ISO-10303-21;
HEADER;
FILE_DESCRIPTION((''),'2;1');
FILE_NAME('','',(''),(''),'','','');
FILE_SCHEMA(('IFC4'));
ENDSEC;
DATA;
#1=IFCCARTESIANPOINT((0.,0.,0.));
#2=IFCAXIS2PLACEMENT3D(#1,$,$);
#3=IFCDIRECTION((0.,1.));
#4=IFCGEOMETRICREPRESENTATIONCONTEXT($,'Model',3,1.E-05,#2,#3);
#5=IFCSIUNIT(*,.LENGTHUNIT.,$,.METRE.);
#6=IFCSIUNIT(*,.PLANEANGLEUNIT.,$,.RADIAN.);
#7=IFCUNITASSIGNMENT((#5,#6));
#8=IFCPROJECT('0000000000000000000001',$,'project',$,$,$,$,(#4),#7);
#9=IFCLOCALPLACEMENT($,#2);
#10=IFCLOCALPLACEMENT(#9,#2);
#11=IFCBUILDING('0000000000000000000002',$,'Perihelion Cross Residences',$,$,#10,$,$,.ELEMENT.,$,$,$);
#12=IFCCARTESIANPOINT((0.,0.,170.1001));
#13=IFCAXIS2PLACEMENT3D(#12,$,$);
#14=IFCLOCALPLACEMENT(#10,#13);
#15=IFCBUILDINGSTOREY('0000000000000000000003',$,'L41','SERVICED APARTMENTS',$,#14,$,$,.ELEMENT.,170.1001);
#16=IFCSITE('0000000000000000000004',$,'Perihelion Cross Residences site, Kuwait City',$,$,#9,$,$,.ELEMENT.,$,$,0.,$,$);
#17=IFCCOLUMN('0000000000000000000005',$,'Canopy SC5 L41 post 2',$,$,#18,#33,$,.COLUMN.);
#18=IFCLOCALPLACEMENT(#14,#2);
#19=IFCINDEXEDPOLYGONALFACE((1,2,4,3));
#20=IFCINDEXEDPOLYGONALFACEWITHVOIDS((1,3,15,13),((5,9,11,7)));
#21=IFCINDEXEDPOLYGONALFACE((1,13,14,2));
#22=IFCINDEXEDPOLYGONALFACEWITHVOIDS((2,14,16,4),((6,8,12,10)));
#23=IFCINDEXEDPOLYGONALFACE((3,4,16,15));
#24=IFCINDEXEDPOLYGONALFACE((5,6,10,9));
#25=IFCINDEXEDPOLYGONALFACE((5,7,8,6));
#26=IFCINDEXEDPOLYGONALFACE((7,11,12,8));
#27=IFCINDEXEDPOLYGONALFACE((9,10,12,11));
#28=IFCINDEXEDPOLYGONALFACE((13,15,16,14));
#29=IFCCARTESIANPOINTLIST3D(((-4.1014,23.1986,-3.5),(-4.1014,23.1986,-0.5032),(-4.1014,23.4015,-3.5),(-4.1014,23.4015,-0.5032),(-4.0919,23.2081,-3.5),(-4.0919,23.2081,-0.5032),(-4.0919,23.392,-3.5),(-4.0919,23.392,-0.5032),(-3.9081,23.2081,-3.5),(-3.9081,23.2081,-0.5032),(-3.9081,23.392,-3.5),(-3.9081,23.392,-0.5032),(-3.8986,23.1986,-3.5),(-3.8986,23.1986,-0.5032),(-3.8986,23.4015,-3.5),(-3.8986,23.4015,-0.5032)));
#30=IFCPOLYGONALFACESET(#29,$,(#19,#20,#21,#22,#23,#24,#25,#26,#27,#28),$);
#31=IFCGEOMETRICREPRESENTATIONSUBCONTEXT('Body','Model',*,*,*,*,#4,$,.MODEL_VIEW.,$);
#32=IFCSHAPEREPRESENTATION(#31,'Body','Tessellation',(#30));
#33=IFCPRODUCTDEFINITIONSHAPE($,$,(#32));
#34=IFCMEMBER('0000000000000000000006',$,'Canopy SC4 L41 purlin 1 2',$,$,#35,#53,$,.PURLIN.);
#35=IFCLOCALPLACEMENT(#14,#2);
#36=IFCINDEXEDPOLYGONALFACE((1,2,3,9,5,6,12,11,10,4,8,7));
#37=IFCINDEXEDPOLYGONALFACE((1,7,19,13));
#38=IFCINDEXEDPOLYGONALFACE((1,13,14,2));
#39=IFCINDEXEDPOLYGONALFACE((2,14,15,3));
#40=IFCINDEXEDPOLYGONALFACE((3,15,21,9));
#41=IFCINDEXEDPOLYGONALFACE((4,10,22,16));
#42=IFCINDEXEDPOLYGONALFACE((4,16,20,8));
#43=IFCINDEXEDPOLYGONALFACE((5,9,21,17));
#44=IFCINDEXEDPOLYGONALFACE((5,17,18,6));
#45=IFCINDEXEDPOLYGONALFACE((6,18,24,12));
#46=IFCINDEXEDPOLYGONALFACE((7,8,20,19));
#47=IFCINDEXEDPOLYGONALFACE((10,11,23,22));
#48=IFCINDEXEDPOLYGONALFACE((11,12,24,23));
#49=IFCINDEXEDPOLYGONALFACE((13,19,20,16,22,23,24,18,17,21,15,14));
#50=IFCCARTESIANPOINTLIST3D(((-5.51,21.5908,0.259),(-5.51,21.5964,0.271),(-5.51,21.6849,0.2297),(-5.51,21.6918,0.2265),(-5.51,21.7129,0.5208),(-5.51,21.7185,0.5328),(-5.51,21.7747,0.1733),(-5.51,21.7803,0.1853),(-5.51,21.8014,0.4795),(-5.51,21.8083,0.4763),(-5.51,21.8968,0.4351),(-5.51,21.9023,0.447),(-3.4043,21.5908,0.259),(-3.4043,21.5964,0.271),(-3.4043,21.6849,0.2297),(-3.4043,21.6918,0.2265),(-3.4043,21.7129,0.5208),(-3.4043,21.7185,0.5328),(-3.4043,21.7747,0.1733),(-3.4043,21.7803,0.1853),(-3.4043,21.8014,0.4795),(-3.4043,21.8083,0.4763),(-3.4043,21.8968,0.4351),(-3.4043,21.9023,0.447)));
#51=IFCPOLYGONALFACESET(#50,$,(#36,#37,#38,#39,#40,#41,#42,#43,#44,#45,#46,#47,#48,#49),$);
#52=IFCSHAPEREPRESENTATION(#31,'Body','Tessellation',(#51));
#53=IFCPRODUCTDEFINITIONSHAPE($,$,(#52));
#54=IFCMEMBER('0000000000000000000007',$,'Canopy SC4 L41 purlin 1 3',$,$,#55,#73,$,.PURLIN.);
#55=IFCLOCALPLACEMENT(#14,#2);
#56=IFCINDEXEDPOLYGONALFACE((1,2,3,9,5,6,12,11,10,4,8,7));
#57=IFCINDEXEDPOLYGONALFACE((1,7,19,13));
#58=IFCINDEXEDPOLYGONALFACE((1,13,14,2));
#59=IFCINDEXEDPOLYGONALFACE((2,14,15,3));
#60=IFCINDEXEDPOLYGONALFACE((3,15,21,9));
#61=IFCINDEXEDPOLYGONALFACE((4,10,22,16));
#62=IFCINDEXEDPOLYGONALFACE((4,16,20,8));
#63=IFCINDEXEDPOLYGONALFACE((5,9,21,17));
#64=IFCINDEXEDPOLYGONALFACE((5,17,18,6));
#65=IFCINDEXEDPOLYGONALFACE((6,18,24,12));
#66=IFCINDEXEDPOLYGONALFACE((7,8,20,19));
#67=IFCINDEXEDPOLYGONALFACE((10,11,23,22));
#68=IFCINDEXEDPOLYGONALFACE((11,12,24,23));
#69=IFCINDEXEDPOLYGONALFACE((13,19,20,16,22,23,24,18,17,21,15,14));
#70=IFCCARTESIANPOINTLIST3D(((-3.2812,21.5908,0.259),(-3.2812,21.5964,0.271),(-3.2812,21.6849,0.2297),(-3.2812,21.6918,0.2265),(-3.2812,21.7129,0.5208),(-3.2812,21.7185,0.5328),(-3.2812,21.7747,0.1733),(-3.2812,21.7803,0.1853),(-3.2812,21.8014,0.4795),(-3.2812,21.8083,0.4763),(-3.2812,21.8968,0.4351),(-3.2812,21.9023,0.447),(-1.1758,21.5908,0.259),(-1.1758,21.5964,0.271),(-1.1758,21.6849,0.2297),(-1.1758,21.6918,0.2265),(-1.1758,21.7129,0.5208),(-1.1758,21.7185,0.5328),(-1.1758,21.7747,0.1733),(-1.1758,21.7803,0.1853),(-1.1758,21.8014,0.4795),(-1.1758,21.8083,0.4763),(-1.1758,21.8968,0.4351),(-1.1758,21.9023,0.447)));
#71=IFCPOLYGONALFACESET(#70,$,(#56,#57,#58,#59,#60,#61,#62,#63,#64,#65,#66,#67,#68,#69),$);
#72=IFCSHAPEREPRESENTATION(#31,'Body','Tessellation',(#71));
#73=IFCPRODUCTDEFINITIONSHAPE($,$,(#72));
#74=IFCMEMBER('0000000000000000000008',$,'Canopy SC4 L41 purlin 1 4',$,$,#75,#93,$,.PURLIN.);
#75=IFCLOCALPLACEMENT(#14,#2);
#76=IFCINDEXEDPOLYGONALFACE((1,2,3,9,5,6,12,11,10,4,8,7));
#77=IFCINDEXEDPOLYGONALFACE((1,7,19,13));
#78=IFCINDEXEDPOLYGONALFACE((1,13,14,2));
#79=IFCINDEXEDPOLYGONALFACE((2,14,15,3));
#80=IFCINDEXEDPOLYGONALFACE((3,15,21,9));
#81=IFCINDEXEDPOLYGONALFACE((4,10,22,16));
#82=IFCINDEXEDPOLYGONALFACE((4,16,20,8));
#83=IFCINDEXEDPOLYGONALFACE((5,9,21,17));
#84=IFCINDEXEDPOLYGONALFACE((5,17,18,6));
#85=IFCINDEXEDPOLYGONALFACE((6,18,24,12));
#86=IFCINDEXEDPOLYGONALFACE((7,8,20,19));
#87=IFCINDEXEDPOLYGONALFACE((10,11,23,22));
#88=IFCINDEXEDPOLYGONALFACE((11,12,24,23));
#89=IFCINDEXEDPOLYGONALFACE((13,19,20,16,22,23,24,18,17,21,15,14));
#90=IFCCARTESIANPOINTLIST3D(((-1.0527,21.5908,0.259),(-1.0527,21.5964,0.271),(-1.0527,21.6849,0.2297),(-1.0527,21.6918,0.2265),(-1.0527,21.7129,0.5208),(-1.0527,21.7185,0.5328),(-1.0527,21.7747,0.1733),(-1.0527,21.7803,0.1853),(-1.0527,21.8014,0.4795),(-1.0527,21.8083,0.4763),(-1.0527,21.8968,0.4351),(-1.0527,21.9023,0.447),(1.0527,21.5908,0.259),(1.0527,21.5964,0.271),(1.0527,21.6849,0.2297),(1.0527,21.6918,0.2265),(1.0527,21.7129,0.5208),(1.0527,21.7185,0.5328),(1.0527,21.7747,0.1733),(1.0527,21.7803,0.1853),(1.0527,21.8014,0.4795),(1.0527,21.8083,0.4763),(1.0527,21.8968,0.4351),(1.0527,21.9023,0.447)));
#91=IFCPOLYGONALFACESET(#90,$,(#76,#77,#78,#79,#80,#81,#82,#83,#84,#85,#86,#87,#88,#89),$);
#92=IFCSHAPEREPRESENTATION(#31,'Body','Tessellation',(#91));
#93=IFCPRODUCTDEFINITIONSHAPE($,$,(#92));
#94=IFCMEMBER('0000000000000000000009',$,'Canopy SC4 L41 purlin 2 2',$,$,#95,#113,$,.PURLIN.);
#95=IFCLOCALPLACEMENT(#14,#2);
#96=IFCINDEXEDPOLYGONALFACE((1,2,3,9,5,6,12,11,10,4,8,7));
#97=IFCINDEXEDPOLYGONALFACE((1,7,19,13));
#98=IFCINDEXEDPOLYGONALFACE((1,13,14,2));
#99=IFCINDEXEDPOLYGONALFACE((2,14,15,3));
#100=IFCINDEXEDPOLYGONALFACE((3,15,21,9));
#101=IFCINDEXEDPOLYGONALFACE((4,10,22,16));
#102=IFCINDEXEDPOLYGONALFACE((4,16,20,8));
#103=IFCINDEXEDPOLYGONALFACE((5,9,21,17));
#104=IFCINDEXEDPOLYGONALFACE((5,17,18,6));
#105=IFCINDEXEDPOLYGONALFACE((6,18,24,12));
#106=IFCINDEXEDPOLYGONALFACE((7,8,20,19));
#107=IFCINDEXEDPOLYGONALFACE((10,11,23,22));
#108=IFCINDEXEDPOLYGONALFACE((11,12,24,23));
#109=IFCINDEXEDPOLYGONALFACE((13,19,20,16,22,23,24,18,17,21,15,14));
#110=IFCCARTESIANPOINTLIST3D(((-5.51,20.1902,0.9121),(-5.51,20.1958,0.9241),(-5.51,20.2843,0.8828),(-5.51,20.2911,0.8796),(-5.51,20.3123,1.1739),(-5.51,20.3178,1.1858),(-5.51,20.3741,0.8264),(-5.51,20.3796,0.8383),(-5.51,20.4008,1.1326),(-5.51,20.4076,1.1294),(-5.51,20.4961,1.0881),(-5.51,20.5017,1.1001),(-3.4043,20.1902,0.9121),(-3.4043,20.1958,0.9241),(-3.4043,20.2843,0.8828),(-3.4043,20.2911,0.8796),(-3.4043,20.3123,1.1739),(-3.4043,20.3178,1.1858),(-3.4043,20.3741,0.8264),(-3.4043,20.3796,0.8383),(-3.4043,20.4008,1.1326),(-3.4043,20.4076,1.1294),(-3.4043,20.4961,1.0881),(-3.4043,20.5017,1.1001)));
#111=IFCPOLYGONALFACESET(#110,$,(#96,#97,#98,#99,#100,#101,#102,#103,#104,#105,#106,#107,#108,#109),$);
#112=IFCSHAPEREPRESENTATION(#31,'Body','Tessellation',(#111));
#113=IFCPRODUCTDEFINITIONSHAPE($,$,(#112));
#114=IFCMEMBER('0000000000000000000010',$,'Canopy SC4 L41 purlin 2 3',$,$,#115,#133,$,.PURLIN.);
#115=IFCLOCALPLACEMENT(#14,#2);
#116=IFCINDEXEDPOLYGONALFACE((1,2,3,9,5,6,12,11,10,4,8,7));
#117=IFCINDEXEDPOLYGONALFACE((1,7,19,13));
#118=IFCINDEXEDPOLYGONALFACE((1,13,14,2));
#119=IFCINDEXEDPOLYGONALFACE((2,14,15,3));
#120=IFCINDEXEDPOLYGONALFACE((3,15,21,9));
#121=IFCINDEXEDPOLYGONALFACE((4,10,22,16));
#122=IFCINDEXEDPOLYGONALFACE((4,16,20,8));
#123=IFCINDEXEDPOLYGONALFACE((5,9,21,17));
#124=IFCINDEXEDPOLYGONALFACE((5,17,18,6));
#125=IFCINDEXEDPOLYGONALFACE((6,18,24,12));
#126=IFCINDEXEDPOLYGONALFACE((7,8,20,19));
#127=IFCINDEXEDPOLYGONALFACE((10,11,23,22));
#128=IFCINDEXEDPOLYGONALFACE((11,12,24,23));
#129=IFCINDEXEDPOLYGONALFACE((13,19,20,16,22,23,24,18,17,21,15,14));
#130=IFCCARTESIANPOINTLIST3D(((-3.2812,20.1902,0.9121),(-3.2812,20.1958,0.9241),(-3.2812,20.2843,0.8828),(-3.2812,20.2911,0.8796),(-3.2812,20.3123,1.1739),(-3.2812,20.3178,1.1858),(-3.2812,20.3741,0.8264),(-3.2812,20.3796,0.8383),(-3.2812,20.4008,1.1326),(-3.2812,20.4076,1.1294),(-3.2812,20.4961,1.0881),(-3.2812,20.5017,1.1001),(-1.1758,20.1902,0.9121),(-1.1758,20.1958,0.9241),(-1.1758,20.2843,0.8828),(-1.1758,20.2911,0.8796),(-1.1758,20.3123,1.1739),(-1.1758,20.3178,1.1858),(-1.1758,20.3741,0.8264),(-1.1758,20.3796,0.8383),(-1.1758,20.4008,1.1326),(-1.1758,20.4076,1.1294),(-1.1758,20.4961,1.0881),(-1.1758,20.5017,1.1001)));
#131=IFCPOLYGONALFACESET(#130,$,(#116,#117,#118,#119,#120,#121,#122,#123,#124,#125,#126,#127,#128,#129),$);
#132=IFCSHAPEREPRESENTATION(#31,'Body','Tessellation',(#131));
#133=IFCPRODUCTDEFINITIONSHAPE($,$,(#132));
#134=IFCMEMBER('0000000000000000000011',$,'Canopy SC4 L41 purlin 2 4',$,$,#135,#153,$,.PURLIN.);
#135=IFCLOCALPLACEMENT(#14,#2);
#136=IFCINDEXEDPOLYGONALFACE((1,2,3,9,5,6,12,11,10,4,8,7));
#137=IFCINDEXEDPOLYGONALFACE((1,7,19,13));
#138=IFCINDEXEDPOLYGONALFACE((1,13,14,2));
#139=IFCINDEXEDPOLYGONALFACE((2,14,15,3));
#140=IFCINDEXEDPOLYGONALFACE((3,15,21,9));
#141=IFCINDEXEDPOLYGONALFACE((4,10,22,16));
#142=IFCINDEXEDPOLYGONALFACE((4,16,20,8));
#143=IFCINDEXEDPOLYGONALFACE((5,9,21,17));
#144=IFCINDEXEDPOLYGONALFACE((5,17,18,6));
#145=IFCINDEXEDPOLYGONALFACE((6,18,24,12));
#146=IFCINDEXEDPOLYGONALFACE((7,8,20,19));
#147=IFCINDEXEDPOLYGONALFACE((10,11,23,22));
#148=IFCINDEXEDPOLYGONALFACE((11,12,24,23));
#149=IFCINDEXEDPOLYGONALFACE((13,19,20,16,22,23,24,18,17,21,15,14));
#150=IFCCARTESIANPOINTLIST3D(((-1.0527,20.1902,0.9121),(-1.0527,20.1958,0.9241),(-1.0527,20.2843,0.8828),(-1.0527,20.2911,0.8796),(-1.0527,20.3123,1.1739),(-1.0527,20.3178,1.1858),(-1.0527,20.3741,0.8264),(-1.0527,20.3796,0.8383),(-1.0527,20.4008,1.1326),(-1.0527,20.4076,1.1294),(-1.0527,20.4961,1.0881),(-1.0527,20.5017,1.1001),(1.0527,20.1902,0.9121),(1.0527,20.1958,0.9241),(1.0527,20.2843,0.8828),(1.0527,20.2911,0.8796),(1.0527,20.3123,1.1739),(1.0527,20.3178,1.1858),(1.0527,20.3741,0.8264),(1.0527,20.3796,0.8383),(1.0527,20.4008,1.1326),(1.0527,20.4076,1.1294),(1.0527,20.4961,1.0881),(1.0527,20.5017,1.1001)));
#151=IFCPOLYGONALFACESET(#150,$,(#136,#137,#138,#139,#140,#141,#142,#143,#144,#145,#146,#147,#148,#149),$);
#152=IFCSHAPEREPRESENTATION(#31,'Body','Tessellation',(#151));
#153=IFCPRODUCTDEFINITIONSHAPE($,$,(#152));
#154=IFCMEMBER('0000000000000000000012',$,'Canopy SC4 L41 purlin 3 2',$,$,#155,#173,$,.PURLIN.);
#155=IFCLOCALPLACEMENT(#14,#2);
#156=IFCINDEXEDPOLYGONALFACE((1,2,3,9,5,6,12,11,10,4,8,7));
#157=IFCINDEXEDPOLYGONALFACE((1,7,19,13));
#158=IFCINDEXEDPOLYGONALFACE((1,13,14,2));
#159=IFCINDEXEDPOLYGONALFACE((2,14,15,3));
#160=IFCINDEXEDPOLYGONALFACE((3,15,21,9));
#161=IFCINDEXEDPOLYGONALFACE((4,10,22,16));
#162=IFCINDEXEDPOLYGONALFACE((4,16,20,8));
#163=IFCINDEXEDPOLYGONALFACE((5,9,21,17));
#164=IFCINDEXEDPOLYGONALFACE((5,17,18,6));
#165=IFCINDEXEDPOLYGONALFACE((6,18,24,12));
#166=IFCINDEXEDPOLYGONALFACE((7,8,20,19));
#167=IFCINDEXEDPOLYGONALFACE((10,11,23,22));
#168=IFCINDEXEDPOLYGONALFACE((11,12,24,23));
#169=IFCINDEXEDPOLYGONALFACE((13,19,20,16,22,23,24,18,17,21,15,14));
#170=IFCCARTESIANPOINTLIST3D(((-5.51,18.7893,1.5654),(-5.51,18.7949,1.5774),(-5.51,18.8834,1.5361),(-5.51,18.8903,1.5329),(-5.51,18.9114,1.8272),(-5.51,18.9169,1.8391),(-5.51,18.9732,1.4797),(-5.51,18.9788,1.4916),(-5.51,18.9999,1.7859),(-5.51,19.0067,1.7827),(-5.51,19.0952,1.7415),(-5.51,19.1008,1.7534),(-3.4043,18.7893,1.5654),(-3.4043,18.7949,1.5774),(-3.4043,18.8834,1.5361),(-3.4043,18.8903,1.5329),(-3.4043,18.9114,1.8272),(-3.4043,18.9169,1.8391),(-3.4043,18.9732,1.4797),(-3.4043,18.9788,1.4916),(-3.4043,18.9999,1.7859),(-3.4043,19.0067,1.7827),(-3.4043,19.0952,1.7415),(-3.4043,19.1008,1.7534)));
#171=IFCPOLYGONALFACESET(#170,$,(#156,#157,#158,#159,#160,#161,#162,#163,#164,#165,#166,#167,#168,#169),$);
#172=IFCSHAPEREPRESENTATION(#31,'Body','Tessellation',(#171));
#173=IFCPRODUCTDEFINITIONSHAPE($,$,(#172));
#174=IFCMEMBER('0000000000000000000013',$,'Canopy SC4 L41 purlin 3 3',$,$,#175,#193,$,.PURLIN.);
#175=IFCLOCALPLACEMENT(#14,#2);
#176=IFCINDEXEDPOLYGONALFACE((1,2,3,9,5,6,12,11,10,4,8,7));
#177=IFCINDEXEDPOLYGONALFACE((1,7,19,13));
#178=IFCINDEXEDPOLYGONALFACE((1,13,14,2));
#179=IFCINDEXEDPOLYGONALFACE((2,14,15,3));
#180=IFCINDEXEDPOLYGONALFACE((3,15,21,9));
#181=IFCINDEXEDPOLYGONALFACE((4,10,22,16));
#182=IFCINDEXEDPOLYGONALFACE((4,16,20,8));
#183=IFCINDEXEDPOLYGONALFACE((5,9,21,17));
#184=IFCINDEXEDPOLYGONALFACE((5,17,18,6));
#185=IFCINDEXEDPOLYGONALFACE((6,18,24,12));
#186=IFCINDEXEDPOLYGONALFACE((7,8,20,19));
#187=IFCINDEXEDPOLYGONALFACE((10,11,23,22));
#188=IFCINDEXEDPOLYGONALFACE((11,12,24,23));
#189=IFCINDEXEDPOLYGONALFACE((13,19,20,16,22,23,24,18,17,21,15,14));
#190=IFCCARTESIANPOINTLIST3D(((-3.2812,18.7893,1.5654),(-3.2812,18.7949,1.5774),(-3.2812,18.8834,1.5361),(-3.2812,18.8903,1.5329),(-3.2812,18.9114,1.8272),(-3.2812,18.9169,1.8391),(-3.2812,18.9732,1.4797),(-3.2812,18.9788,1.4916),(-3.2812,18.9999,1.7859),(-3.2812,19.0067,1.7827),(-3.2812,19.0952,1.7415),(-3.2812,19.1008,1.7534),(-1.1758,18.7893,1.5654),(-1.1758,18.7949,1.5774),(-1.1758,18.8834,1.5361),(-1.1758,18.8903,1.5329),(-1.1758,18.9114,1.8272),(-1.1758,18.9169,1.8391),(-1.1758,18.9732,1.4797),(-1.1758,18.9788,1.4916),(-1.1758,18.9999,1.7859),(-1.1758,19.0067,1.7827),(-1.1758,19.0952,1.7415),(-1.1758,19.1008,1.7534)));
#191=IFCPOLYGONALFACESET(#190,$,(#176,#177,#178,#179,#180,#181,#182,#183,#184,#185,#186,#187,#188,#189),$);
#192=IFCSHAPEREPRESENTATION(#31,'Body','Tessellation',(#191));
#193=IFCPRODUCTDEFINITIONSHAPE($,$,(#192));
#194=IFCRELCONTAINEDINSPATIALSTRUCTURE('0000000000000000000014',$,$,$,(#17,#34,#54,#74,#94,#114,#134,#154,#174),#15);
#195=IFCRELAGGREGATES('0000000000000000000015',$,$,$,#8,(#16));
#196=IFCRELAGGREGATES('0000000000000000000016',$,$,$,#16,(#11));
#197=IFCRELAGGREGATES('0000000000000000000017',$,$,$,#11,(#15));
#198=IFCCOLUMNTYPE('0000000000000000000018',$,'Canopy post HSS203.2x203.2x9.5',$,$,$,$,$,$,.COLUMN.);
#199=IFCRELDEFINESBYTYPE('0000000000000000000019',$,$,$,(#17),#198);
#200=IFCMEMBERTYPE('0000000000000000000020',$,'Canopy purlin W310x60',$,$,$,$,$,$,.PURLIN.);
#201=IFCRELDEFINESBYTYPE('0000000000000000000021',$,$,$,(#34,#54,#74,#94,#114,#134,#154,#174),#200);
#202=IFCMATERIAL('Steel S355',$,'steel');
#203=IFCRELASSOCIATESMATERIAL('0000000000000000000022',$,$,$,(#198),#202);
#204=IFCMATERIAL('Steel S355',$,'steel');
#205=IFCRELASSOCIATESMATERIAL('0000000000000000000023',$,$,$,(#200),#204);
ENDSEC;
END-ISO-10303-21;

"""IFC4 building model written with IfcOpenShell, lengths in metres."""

from ifc_helpers import new_model, si_unit, direction, frame, origin, origin_2d, place, context, subcontext, project, spatial, hollow_rectangle, i_section, extrude, material, material_profile, profile_set, type_object, element, save


model = new_model("IFC4")

# Units and contexts
model_context = context("Model", 3, precision=1e-05, world=origin(), true_north=direction((0.0, 1.0)))
body_context = subcontext(model_context, "Body", "Model", "MODEL_VIEW")
ifc_project = project(units=[si_unit("LENGTHUNIT", "METRE"), si_unit("PLANEANGLEUNIT", "RADIAN")], contexts=[model_context])

# Site, building, storey
site_placement = place(None, origin())
site = spatial("IfcSite", under=ifc_project, at=site_placement, Name="Perihelion Cross Residences site, Kuwait City", CompositionType="ELEMENT", RefElevation=0.0)
building_placement = place(site_placement, origin())
building = spatial("IfcBuilding", under=site, at=building_placement, Name="Perihelion Cross Residences", CompositionType="ELEMENT")
storey_placement = place(building_placement, frame((0.0, 0.0, 170.1001)))
storey = spatial("IfcBuildingStorey", under=building, at=storey_placement, Name="L41", Description="SERVICED APARTMENTS", CompositionType="ELEMENT", Elevation=170.1001)

# Column
ifc_material_1 = material(Name="Steel S355", Category="steel")
ifc_material_profile_1 = material_profile(ifc_material_1, hollow_rectangle(XDim=0.2029, YDim=0.2029, WallThickness=0.0095, at=origin_2d()), Name="HSS203.2x203.2x9.5")
ifc_profile_set_1 = profile_set([ifc_material_profile_1], Name="Steel S355")
column_type = type_object("IfcColumnType", Name="Canopy post HSS203.2x203.2x9.5", PredefinedType="COLUMN", material=ifc_profile_set_1)
column_placement = place(storey_placement, frame((-4.0, 23.3, -3.5), z_axis=(0.0, 0.0, 1.0), x_axis=(1.0, 0.0, 0.0)))
element("IfcColumn", 1, at=column_placement, inside=storey, type_object=column_type, Name="Canopy SC5 L41 post 2", PredefinedType="COLUMN", context=body_context, shape_type="SweptSolid", body=[
    extrude(hollow_rectangle(XDim=0.2029, YDim=0.2029, WallThickness=0.0095, at=origin_2d()), origin(), (0.0, 0.0, 1.0), 2.9968),
])

# Members
ifc_material_2 = material(Name="Steel S355", Category="steel")
ifc_material_profile_2 = material_profile(ifc_material_2, i_section(OverallWidth=0.2029, OverallDepth=0.302, WebThickness=0.0076, FlangeThickness=0.0132, at=origin_2d()), Name="W310x60")
ifc_profile_set_2 = profile_set([ifc_material_profile_2], Name="Steel S355")
member_type = type_object("IfcMemberType", Name="Canopy purlin W310x60", PredefinedType="PURLIN", material=ifc_profile_set_2)
member_1_placement = place(storey_placement, frame((-5.51, 21.7466, 0.353), z_axis=(1.0, 0.0, 0.0), x_axis=(0.0, 0.906308, -0.422618)))
element("IfcMember", 2, at=member_1_placement, inside=storey, type_object=member_type, Name="Canopy SC4 L41 purlin 1 2", PredefinedType="PURLIN", context=body_context, shape_type="SweptSolid", body=[
    extrude(i_section(OverallWidth=0.2029, OverallDepth=0.302, WebThickness=0.0076, FlangeThickness=0.0132, at=origin_2d()), origin(), (0.0, 0.0, 1.0), 2.1057),
])
for number, where, z_axis, x_axis, name in (
    (3, (-3.2812, 21.7466, 0.353), (1.0, 0.0, 0.0), (0.0, 0.906308, -0.422618), "Canopy SC4 L41 purlin 1 3"),
    (4, (-1.0527, 21.7466, 0.353), (1.0, 0.0, 0.0), (0.0, 0.906308, -0.422618), "Canopy SC4 L41 purlin 1 4"),
):
    element("IfcMember", number, at=place(storey_placement, frame(where, z_axis=z_axis, x_axis=x_axis)), inside=storey, type_object=member_type, Name=name, PredefinedType="PURLIN", context=body_context, shape_type="SweptSolid", body=[
        extrude(i_section(OverallWidth=0.2029, OverallDepth=0.302, WebThickness=0.0076, FlangeThickness=0.0132, at=origin_2d()), origin(), (0.0, 0.0, 1.0), 2.1055),
    ])
member_2_placement = place(storey_placement, frame((-5.51, 20.3459, 1.0061), z_axis=(1.0, 0.0, 0.0), x_axis=(0.0, 0.906308, -0.422618)))
element("IfcMember", 5, at=member_2_placement, inside=storey, type_object=member_type, Name="Canopy SC4 L41 purlin 2 2", PredefinedType="PURLIN", context=body_context, shape_type="SweptSolid", body=[
    extrude(i_section(OverallWidth=0.2029, OverallDepth=0.302, WebThickness=0.0076, FlangeThickness=0.0132, at=origin_2d()), origin(), (0.0, 0.0, 1.0), 2.1057),
])
for number, where, z_axis, x_axis, name in (
    (6, (-3.2812, 20.3459, 1.0061), (1.0, 0.0, 0.0), (0.0, 0.906308, -0.422618), "Canopy SC4 L41 purlin 2 3"),
    (7, (-1.0527, 20.3459, 1.0061), (1.0, 0.0, 0.0), (0.0, 0.906308, -0.422618), "Canopy SC4 L41 purlin 2 4"),
):
    element("IfcMember", number, at=place(storey_placement, frame(where, z_axis=z_axis, x_axis=x_axis)), inside=storey, type_object=member_type, Name=name, PredefinedType="PURLIN", context=body_context, shape_type="SweptSolid", body=[
        extrude(i_section(OverallWidth=0.2029, OverallDepth=0.302, WebThickness=0.0076, FlangeThickness=0.0132, at=origin_2d()), origin(), (0.0, 0.0, 1.0), 2.1055),
    ])
member_3_placement = place(storey_placement, frame((-5.51, 18.9451, 1.6594), z_axis=(1.0, 0.0, 0.0), x_axis=(0.0, 0.906308, -0.422618)))
element("IfcMember", 8, at=member_3_placement, inside=storey, type_object=member_type, Name="Canopy SC4 L41 purlin 3 2", PredefinedType="PURLIN", context=body_context, shape_type="SweptSolid", body=[
    extrude(i_section(OverallWidth=0.2029, OverallDepth=0.302, WebThickness=0.0076, FlangeThickness=0.0132, at=origin_2d()), origin(), (0.0, 0.0, 1.0), 2.1057),
])
for number, where, z_axis, x_axis, name in (
    (9, (-3.2812, 18.9451, 1.6594), (1.0, 0.0, 0.0), (0.0, 0.906308, -0.422618), "Canopy SC4 L41 purlin 3 3"),
):
    element("IfcMember", number, at=place(storey_placement, frame(where, z_axis=z_axis, x_axis=x_axis)), inside=storey, type_object=member_type, Name=name, PredefinedType="PURLIN", context=body_context, shape_type="SweptSolid", body=[
        extrude(i_section(OverallWidth=0.2029, OverallDepth=0.302, WebThickness=0.0076, FlangeThickness=0.0132, at=origin_2d()), origin(), (0.0, 0.0, 1.0), 2.1055),
    ])

save(model, "model.ifc")
